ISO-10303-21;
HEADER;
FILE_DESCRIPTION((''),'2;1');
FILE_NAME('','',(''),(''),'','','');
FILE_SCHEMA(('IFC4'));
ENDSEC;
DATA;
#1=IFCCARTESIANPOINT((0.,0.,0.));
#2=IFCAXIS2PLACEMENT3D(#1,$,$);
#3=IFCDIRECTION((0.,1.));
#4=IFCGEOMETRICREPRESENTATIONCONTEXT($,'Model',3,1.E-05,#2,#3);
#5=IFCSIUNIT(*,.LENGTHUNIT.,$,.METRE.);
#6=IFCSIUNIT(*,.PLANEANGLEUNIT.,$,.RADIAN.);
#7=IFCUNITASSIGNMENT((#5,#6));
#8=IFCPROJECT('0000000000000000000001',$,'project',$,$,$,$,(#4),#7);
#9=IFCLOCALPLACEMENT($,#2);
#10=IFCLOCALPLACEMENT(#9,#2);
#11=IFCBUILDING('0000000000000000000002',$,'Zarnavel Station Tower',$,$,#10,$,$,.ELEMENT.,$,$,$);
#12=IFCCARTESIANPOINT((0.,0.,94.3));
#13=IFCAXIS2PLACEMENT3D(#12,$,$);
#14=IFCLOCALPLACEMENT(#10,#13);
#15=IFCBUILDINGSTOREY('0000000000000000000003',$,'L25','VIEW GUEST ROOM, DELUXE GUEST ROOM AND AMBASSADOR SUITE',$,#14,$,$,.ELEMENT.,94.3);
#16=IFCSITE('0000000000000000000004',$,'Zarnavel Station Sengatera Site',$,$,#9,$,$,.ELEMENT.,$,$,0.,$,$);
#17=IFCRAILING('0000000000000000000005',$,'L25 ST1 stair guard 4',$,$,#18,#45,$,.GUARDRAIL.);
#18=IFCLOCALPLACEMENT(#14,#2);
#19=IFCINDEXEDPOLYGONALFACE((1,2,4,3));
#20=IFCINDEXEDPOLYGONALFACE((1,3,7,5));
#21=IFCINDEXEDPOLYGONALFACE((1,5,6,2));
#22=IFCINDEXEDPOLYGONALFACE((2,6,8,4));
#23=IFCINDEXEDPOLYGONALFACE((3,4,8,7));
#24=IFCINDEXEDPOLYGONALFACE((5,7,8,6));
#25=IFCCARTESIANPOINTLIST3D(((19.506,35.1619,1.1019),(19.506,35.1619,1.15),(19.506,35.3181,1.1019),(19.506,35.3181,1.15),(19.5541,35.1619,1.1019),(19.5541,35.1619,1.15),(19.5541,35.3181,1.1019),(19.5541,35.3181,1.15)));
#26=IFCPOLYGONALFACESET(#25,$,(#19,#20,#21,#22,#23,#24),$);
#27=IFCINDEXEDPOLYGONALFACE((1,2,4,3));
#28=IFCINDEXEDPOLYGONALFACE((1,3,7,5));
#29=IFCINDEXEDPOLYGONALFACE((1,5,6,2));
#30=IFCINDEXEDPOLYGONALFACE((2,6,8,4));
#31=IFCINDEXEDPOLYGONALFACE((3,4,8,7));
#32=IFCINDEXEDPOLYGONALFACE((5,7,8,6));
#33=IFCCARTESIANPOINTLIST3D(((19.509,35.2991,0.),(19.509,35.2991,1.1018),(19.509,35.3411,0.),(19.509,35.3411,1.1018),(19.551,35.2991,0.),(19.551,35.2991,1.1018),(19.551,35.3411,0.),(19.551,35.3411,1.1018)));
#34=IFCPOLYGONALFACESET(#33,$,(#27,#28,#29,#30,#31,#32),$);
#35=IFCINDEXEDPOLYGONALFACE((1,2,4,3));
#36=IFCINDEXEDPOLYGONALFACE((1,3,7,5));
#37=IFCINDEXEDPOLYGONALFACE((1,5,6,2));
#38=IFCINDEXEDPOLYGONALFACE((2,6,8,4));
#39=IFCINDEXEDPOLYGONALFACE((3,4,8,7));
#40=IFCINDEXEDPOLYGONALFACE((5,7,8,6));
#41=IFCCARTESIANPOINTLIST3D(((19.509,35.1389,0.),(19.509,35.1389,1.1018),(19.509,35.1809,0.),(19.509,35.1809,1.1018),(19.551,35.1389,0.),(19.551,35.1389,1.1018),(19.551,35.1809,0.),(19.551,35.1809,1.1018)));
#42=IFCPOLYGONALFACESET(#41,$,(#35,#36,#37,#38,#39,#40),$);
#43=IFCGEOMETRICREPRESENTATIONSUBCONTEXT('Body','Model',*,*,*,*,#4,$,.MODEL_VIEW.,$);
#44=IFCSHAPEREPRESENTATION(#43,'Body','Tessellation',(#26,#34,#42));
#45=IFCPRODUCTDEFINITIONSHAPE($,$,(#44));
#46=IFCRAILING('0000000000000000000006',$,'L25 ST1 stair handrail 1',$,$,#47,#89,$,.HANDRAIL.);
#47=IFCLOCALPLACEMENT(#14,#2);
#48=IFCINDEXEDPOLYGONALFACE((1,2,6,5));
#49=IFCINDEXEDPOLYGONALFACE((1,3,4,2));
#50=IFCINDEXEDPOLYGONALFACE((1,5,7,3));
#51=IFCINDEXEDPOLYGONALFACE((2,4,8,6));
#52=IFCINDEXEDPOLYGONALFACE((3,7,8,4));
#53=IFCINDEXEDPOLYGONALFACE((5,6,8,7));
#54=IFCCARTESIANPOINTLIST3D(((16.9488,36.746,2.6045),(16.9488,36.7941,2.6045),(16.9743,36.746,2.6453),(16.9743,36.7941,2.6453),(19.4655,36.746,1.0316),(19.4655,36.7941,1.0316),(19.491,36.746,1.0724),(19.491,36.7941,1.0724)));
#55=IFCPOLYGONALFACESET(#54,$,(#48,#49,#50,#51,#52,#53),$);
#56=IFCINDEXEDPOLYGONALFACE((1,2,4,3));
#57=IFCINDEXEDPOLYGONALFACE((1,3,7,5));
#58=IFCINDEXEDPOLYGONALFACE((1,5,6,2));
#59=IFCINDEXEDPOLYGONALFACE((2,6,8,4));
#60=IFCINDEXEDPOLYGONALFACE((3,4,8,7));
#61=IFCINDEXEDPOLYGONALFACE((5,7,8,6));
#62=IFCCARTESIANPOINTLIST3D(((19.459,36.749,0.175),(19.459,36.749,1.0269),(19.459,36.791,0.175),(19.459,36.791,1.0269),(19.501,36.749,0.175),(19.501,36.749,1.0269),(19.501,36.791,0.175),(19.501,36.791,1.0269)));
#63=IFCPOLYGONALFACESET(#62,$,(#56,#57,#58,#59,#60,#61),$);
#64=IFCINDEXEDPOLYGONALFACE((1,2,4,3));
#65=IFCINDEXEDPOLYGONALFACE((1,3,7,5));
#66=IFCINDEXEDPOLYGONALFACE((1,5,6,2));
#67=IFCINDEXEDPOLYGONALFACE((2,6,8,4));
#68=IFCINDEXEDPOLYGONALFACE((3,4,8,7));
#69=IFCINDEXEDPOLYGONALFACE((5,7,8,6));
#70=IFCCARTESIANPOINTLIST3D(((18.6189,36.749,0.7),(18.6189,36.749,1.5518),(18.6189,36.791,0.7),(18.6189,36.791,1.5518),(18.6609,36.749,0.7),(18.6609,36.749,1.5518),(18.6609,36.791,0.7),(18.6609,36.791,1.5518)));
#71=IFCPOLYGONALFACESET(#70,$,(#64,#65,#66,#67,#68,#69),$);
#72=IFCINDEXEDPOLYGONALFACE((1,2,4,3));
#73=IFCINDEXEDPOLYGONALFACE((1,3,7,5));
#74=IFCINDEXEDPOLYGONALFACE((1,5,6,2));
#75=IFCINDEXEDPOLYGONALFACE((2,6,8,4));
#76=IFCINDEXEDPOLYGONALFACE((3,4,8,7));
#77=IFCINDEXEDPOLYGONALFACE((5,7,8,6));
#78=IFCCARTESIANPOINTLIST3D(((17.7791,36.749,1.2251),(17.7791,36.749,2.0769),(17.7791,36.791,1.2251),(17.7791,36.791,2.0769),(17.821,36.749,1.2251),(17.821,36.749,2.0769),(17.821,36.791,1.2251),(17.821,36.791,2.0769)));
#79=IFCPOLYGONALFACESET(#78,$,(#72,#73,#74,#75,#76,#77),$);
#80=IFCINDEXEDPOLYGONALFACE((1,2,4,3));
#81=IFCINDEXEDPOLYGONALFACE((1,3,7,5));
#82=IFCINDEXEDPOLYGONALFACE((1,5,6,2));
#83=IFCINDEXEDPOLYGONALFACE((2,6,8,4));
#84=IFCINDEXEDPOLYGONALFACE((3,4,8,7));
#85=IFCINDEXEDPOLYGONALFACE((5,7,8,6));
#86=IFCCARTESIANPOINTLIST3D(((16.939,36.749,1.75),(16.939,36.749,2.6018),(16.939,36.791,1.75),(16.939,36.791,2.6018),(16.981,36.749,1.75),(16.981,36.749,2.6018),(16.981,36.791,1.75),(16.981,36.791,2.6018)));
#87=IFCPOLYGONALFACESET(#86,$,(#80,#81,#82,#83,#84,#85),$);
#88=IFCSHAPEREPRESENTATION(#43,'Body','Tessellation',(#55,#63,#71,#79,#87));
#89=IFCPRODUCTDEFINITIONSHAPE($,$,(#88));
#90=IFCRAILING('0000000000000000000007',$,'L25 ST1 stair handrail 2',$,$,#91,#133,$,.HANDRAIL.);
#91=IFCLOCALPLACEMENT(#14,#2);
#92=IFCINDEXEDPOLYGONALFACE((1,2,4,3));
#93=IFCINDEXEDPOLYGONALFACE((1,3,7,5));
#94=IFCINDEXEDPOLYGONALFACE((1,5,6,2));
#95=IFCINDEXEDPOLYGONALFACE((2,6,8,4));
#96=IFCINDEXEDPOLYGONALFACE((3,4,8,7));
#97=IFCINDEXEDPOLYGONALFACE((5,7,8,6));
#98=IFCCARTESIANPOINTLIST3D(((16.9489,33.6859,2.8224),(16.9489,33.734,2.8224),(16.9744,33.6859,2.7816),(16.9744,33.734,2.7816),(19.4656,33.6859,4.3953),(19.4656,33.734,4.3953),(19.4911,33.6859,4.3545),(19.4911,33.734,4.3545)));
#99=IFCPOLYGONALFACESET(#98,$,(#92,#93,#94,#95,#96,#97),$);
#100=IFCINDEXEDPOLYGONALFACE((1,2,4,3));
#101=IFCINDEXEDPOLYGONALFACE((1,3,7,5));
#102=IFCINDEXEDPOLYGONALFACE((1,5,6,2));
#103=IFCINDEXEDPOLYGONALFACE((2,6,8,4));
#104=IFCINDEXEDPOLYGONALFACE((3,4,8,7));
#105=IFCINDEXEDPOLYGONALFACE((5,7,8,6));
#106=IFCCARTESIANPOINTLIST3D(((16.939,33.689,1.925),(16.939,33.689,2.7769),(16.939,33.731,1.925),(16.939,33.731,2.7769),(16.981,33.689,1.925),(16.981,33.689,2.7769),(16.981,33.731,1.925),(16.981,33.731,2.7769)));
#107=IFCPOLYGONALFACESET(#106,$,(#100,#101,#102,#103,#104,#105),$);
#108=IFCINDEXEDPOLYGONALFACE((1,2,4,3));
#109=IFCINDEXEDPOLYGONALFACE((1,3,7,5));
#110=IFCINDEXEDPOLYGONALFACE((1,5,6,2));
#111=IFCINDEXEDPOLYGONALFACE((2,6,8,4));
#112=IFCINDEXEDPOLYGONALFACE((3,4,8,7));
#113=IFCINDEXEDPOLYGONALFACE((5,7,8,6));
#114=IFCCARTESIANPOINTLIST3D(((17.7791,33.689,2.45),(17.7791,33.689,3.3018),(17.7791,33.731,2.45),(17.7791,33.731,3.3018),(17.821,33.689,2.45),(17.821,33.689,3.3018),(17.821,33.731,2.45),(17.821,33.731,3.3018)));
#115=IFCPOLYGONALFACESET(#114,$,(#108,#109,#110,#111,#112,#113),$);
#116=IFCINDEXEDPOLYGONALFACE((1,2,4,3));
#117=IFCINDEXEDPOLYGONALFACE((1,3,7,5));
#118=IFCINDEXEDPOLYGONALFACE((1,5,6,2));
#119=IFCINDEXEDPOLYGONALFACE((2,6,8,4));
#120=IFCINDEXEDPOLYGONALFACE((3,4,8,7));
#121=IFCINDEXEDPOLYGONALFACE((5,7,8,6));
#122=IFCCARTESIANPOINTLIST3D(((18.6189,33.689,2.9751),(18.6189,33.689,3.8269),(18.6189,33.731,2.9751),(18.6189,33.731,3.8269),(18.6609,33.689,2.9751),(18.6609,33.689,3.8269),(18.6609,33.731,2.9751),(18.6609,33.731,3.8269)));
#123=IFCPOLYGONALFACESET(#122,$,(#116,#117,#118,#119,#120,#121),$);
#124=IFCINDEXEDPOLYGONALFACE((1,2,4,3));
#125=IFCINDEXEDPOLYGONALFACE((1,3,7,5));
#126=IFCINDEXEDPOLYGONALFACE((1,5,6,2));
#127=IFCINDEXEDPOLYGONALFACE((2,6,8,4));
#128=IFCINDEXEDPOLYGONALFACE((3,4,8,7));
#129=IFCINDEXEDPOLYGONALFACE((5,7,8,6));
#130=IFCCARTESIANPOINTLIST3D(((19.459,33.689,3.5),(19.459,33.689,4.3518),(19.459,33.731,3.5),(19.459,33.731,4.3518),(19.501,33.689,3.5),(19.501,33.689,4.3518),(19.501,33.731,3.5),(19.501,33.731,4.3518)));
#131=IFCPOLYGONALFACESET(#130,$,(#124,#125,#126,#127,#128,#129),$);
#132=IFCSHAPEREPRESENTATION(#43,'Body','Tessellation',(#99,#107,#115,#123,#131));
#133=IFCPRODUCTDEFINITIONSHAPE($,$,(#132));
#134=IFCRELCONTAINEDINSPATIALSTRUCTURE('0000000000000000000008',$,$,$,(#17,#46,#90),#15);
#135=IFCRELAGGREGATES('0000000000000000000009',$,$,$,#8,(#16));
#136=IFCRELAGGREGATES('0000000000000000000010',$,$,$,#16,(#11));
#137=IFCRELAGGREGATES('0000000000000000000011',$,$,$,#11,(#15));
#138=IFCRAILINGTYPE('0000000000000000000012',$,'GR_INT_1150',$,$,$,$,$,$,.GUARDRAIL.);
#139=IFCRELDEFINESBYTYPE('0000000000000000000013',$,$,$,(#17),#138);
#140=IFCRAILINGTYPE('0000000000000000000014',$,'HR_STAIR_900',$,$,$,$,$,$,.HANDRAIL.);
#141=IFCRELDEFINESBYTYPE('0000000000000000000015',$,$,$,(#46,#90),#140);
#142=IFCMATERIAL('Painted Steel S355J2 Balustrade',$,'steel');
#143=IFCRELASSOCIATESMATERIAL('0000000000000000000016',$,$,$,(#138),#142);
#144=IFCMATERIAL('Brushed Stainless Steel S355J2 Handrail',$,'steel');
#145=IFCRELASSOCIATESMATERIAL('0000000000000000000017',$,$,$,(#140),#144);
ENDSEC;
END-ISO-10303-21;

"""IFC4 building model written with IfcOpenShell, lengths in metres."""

from ifc_helpers import new_model, si_unit, direction, frame, origin, origin_2d, place, context, subcontext, project, spatial, rectangle, extrude, material, type_object, element, save


model = new_model("IFC4")

# Units and contexts
model_context = context("Model", 3, precision=1e-05, world=origin(), true_north=direction((0.0, 1.0)))
body_context = subcontext(model_context, "Body", "Model", "MODEL_VIEW")
ifc_project = project(units=[si_unit("LENGTHUNIT", "METRE"), si_unit("PLANEANGLEUNIT", "RADIAN")], contexts=[model_context])

# Site, building, storey
site_placement = place(None, origin())
site = spatial("IfcSite", under=ifc_project, at=site_placement, Name="Zarnavel Station Sengatera Site", CompositionType="ELEMENT", RefElevation=0.0)
building_placement = place(site_placement, origin())
building = spatial("IfcBuilding", under=site, at=building_placement, Name="Zarnavel Station Tower", CompositionType="ELEMENT")
storey_placement = place(building_placement, frame((0.0, 0.0, 94.3)))
storey = spatial("IfcBuildingStorey", under=building, at=storey_placement, Name="L25", Description="VIEW GUEST ROOM, DELUXE GUEST ROOM AND AMBASSADOR SUITE", CompositionType="ELEMENT", Elevation=94.3)

# Railings
ifc_material_1 = material(Name="Painted Steel S355J2 Balustrade", Category="steel")
railing_type_1 = type_object("IfcRailingType", Name="GR_INT_1150", PredefinedType="GUARDRAIL", material=ifc_material_1)
railing_1_placement = place(storey_placement, frame((19.53, 35.3201, 0.0)))
element("IfcRailing", 1, at=railing_1_placement, inside=storey, type_object=railing_type_1, Name="L25 ST1 stair guard 4", PredefinedType="GUARDRAIL", context=body_context, shape_type="SweptSolid", body=[
    extrude(rectangle(XDim=0.0481, YDim=0.0481, at=origin_2d()), frame((0.0, -0.002, 1.126), z_axis=(0.0, -1.0, 0.0), x_axis=(1.0, 0.0, 0.0)), (0.0, 0.0, 1.0), 0.1562),
    extrude(rectangle(XDim=0.042, YDim=0.042, at=origin_2d()), origin(), (0.0, 0.0, 1.0), 1.1018),
    extrude(rectangle(XDim=0.042, YDim=0.042, at=origin_2d()), frame((0.0, -0.1602, 0.0)), (0.0, 0.0, 1.0), 1.1018),
])
ifc_material_2 = material(Name="Brushed Stainless Steel S355J2 Handrail", Category="steel")
railing_type_2 = type_object("IfcRailingType", Name="HR_STAIR_900", PredefinedType="HANDRAIL", material=ifc_material_2)
railing_2_placement = place(storey_placement, frame((19.48, 36.77, 0.175)))
element("IfcRailing", 2, at=railing_2_placement, inside=storey, type_object=railing_type_2, Name="L25 ST1 stair handrail 1", PredefinedType="HANDRAIL", context=body_context, shape_type="SweptSolid", body=[
    extrude(rectangle(XDim=0.0481, YDim=0.0481, at=origin_2d()), frame((-0.0017, 0.0, 0.877), z_axis=(-0.848008, 0.0, 0.529984), x_axis=(0.0, -1.0, 0.0)), (0.0, 0.0, 1.0), 2.9678),
    extrude(rectangle(XDim=0.042, YDim=0.042, at=origin_2d()), origin(), (0.0, 0.0, 1.0), 0.8518),
    extrude(rectangle(XDim=0.042, YDim=0.042, at=origin_2d()), frame((-0.8401, 0.0, 0.5249)), (0.0, 0.0, 1.0), 0.8518),
    extrude(rectangle(XDim=0.042, YDim=0.042, at=origin_2d()), frame((-1.6799, 0.0, 1.05)), (0.0, 0.0, 1.0), 0.8518),
    extrude(rectangle(XDim=0.042, YDim=0.042, at=origin_2d()), frame((-2.52, 0.0, 1.575)), (0.0, 0.0, 1.0), 0.8518),
])
railing_3_placement = place(storey_placement, frame((16.96, 33.71, 1.925)))
element("IfcRailing", 3, at=railing_3_placement, inside=storey, type_object=railing_type_2, Name="L25 ST1 stair handrail 2", PredefinedType="HANDRAIL", context=body_context, shape_type="SweptSolid", body=[
    extrude(rectangle(XDim=0.0481, YDim=0.0481, at=origin_2d()), frame((0.0017, 0.0, 0.877), z_axis=(0.848008, 0.0, 0.529984), x_axis=(0.0, 1.0, 0.0)), (0.0, 0.0, 1.0), 2.9678),
    extrude(rectangle(XDim=0.042, YDim=0.042, at=origin_2d()), origin(), (0.0, 0.0, 1.0), 0.8518),
    extrude(rectangle(XDim=0.042, YDim=0.042, at=origin_2d()), frame((0.8401, 0.0, 0.5249)), (0.0, 0.0, 1.0), 0.8518),
    extrude(rectangle(XDim=0.042, YDim=0.042, at=origin_2d()), frame((1.6799, 0.0, 1.05)), (0.0, 0.0, 1.0), 0.8518),
    extrude(rectangle(XDim=0.042, YDim=0.042, at=origin_2d()), frame((2.52, 0.0, 1.575)), (0.0, 0.0, 1.0), 0.8518),
])

save(model, "model.ifc")
